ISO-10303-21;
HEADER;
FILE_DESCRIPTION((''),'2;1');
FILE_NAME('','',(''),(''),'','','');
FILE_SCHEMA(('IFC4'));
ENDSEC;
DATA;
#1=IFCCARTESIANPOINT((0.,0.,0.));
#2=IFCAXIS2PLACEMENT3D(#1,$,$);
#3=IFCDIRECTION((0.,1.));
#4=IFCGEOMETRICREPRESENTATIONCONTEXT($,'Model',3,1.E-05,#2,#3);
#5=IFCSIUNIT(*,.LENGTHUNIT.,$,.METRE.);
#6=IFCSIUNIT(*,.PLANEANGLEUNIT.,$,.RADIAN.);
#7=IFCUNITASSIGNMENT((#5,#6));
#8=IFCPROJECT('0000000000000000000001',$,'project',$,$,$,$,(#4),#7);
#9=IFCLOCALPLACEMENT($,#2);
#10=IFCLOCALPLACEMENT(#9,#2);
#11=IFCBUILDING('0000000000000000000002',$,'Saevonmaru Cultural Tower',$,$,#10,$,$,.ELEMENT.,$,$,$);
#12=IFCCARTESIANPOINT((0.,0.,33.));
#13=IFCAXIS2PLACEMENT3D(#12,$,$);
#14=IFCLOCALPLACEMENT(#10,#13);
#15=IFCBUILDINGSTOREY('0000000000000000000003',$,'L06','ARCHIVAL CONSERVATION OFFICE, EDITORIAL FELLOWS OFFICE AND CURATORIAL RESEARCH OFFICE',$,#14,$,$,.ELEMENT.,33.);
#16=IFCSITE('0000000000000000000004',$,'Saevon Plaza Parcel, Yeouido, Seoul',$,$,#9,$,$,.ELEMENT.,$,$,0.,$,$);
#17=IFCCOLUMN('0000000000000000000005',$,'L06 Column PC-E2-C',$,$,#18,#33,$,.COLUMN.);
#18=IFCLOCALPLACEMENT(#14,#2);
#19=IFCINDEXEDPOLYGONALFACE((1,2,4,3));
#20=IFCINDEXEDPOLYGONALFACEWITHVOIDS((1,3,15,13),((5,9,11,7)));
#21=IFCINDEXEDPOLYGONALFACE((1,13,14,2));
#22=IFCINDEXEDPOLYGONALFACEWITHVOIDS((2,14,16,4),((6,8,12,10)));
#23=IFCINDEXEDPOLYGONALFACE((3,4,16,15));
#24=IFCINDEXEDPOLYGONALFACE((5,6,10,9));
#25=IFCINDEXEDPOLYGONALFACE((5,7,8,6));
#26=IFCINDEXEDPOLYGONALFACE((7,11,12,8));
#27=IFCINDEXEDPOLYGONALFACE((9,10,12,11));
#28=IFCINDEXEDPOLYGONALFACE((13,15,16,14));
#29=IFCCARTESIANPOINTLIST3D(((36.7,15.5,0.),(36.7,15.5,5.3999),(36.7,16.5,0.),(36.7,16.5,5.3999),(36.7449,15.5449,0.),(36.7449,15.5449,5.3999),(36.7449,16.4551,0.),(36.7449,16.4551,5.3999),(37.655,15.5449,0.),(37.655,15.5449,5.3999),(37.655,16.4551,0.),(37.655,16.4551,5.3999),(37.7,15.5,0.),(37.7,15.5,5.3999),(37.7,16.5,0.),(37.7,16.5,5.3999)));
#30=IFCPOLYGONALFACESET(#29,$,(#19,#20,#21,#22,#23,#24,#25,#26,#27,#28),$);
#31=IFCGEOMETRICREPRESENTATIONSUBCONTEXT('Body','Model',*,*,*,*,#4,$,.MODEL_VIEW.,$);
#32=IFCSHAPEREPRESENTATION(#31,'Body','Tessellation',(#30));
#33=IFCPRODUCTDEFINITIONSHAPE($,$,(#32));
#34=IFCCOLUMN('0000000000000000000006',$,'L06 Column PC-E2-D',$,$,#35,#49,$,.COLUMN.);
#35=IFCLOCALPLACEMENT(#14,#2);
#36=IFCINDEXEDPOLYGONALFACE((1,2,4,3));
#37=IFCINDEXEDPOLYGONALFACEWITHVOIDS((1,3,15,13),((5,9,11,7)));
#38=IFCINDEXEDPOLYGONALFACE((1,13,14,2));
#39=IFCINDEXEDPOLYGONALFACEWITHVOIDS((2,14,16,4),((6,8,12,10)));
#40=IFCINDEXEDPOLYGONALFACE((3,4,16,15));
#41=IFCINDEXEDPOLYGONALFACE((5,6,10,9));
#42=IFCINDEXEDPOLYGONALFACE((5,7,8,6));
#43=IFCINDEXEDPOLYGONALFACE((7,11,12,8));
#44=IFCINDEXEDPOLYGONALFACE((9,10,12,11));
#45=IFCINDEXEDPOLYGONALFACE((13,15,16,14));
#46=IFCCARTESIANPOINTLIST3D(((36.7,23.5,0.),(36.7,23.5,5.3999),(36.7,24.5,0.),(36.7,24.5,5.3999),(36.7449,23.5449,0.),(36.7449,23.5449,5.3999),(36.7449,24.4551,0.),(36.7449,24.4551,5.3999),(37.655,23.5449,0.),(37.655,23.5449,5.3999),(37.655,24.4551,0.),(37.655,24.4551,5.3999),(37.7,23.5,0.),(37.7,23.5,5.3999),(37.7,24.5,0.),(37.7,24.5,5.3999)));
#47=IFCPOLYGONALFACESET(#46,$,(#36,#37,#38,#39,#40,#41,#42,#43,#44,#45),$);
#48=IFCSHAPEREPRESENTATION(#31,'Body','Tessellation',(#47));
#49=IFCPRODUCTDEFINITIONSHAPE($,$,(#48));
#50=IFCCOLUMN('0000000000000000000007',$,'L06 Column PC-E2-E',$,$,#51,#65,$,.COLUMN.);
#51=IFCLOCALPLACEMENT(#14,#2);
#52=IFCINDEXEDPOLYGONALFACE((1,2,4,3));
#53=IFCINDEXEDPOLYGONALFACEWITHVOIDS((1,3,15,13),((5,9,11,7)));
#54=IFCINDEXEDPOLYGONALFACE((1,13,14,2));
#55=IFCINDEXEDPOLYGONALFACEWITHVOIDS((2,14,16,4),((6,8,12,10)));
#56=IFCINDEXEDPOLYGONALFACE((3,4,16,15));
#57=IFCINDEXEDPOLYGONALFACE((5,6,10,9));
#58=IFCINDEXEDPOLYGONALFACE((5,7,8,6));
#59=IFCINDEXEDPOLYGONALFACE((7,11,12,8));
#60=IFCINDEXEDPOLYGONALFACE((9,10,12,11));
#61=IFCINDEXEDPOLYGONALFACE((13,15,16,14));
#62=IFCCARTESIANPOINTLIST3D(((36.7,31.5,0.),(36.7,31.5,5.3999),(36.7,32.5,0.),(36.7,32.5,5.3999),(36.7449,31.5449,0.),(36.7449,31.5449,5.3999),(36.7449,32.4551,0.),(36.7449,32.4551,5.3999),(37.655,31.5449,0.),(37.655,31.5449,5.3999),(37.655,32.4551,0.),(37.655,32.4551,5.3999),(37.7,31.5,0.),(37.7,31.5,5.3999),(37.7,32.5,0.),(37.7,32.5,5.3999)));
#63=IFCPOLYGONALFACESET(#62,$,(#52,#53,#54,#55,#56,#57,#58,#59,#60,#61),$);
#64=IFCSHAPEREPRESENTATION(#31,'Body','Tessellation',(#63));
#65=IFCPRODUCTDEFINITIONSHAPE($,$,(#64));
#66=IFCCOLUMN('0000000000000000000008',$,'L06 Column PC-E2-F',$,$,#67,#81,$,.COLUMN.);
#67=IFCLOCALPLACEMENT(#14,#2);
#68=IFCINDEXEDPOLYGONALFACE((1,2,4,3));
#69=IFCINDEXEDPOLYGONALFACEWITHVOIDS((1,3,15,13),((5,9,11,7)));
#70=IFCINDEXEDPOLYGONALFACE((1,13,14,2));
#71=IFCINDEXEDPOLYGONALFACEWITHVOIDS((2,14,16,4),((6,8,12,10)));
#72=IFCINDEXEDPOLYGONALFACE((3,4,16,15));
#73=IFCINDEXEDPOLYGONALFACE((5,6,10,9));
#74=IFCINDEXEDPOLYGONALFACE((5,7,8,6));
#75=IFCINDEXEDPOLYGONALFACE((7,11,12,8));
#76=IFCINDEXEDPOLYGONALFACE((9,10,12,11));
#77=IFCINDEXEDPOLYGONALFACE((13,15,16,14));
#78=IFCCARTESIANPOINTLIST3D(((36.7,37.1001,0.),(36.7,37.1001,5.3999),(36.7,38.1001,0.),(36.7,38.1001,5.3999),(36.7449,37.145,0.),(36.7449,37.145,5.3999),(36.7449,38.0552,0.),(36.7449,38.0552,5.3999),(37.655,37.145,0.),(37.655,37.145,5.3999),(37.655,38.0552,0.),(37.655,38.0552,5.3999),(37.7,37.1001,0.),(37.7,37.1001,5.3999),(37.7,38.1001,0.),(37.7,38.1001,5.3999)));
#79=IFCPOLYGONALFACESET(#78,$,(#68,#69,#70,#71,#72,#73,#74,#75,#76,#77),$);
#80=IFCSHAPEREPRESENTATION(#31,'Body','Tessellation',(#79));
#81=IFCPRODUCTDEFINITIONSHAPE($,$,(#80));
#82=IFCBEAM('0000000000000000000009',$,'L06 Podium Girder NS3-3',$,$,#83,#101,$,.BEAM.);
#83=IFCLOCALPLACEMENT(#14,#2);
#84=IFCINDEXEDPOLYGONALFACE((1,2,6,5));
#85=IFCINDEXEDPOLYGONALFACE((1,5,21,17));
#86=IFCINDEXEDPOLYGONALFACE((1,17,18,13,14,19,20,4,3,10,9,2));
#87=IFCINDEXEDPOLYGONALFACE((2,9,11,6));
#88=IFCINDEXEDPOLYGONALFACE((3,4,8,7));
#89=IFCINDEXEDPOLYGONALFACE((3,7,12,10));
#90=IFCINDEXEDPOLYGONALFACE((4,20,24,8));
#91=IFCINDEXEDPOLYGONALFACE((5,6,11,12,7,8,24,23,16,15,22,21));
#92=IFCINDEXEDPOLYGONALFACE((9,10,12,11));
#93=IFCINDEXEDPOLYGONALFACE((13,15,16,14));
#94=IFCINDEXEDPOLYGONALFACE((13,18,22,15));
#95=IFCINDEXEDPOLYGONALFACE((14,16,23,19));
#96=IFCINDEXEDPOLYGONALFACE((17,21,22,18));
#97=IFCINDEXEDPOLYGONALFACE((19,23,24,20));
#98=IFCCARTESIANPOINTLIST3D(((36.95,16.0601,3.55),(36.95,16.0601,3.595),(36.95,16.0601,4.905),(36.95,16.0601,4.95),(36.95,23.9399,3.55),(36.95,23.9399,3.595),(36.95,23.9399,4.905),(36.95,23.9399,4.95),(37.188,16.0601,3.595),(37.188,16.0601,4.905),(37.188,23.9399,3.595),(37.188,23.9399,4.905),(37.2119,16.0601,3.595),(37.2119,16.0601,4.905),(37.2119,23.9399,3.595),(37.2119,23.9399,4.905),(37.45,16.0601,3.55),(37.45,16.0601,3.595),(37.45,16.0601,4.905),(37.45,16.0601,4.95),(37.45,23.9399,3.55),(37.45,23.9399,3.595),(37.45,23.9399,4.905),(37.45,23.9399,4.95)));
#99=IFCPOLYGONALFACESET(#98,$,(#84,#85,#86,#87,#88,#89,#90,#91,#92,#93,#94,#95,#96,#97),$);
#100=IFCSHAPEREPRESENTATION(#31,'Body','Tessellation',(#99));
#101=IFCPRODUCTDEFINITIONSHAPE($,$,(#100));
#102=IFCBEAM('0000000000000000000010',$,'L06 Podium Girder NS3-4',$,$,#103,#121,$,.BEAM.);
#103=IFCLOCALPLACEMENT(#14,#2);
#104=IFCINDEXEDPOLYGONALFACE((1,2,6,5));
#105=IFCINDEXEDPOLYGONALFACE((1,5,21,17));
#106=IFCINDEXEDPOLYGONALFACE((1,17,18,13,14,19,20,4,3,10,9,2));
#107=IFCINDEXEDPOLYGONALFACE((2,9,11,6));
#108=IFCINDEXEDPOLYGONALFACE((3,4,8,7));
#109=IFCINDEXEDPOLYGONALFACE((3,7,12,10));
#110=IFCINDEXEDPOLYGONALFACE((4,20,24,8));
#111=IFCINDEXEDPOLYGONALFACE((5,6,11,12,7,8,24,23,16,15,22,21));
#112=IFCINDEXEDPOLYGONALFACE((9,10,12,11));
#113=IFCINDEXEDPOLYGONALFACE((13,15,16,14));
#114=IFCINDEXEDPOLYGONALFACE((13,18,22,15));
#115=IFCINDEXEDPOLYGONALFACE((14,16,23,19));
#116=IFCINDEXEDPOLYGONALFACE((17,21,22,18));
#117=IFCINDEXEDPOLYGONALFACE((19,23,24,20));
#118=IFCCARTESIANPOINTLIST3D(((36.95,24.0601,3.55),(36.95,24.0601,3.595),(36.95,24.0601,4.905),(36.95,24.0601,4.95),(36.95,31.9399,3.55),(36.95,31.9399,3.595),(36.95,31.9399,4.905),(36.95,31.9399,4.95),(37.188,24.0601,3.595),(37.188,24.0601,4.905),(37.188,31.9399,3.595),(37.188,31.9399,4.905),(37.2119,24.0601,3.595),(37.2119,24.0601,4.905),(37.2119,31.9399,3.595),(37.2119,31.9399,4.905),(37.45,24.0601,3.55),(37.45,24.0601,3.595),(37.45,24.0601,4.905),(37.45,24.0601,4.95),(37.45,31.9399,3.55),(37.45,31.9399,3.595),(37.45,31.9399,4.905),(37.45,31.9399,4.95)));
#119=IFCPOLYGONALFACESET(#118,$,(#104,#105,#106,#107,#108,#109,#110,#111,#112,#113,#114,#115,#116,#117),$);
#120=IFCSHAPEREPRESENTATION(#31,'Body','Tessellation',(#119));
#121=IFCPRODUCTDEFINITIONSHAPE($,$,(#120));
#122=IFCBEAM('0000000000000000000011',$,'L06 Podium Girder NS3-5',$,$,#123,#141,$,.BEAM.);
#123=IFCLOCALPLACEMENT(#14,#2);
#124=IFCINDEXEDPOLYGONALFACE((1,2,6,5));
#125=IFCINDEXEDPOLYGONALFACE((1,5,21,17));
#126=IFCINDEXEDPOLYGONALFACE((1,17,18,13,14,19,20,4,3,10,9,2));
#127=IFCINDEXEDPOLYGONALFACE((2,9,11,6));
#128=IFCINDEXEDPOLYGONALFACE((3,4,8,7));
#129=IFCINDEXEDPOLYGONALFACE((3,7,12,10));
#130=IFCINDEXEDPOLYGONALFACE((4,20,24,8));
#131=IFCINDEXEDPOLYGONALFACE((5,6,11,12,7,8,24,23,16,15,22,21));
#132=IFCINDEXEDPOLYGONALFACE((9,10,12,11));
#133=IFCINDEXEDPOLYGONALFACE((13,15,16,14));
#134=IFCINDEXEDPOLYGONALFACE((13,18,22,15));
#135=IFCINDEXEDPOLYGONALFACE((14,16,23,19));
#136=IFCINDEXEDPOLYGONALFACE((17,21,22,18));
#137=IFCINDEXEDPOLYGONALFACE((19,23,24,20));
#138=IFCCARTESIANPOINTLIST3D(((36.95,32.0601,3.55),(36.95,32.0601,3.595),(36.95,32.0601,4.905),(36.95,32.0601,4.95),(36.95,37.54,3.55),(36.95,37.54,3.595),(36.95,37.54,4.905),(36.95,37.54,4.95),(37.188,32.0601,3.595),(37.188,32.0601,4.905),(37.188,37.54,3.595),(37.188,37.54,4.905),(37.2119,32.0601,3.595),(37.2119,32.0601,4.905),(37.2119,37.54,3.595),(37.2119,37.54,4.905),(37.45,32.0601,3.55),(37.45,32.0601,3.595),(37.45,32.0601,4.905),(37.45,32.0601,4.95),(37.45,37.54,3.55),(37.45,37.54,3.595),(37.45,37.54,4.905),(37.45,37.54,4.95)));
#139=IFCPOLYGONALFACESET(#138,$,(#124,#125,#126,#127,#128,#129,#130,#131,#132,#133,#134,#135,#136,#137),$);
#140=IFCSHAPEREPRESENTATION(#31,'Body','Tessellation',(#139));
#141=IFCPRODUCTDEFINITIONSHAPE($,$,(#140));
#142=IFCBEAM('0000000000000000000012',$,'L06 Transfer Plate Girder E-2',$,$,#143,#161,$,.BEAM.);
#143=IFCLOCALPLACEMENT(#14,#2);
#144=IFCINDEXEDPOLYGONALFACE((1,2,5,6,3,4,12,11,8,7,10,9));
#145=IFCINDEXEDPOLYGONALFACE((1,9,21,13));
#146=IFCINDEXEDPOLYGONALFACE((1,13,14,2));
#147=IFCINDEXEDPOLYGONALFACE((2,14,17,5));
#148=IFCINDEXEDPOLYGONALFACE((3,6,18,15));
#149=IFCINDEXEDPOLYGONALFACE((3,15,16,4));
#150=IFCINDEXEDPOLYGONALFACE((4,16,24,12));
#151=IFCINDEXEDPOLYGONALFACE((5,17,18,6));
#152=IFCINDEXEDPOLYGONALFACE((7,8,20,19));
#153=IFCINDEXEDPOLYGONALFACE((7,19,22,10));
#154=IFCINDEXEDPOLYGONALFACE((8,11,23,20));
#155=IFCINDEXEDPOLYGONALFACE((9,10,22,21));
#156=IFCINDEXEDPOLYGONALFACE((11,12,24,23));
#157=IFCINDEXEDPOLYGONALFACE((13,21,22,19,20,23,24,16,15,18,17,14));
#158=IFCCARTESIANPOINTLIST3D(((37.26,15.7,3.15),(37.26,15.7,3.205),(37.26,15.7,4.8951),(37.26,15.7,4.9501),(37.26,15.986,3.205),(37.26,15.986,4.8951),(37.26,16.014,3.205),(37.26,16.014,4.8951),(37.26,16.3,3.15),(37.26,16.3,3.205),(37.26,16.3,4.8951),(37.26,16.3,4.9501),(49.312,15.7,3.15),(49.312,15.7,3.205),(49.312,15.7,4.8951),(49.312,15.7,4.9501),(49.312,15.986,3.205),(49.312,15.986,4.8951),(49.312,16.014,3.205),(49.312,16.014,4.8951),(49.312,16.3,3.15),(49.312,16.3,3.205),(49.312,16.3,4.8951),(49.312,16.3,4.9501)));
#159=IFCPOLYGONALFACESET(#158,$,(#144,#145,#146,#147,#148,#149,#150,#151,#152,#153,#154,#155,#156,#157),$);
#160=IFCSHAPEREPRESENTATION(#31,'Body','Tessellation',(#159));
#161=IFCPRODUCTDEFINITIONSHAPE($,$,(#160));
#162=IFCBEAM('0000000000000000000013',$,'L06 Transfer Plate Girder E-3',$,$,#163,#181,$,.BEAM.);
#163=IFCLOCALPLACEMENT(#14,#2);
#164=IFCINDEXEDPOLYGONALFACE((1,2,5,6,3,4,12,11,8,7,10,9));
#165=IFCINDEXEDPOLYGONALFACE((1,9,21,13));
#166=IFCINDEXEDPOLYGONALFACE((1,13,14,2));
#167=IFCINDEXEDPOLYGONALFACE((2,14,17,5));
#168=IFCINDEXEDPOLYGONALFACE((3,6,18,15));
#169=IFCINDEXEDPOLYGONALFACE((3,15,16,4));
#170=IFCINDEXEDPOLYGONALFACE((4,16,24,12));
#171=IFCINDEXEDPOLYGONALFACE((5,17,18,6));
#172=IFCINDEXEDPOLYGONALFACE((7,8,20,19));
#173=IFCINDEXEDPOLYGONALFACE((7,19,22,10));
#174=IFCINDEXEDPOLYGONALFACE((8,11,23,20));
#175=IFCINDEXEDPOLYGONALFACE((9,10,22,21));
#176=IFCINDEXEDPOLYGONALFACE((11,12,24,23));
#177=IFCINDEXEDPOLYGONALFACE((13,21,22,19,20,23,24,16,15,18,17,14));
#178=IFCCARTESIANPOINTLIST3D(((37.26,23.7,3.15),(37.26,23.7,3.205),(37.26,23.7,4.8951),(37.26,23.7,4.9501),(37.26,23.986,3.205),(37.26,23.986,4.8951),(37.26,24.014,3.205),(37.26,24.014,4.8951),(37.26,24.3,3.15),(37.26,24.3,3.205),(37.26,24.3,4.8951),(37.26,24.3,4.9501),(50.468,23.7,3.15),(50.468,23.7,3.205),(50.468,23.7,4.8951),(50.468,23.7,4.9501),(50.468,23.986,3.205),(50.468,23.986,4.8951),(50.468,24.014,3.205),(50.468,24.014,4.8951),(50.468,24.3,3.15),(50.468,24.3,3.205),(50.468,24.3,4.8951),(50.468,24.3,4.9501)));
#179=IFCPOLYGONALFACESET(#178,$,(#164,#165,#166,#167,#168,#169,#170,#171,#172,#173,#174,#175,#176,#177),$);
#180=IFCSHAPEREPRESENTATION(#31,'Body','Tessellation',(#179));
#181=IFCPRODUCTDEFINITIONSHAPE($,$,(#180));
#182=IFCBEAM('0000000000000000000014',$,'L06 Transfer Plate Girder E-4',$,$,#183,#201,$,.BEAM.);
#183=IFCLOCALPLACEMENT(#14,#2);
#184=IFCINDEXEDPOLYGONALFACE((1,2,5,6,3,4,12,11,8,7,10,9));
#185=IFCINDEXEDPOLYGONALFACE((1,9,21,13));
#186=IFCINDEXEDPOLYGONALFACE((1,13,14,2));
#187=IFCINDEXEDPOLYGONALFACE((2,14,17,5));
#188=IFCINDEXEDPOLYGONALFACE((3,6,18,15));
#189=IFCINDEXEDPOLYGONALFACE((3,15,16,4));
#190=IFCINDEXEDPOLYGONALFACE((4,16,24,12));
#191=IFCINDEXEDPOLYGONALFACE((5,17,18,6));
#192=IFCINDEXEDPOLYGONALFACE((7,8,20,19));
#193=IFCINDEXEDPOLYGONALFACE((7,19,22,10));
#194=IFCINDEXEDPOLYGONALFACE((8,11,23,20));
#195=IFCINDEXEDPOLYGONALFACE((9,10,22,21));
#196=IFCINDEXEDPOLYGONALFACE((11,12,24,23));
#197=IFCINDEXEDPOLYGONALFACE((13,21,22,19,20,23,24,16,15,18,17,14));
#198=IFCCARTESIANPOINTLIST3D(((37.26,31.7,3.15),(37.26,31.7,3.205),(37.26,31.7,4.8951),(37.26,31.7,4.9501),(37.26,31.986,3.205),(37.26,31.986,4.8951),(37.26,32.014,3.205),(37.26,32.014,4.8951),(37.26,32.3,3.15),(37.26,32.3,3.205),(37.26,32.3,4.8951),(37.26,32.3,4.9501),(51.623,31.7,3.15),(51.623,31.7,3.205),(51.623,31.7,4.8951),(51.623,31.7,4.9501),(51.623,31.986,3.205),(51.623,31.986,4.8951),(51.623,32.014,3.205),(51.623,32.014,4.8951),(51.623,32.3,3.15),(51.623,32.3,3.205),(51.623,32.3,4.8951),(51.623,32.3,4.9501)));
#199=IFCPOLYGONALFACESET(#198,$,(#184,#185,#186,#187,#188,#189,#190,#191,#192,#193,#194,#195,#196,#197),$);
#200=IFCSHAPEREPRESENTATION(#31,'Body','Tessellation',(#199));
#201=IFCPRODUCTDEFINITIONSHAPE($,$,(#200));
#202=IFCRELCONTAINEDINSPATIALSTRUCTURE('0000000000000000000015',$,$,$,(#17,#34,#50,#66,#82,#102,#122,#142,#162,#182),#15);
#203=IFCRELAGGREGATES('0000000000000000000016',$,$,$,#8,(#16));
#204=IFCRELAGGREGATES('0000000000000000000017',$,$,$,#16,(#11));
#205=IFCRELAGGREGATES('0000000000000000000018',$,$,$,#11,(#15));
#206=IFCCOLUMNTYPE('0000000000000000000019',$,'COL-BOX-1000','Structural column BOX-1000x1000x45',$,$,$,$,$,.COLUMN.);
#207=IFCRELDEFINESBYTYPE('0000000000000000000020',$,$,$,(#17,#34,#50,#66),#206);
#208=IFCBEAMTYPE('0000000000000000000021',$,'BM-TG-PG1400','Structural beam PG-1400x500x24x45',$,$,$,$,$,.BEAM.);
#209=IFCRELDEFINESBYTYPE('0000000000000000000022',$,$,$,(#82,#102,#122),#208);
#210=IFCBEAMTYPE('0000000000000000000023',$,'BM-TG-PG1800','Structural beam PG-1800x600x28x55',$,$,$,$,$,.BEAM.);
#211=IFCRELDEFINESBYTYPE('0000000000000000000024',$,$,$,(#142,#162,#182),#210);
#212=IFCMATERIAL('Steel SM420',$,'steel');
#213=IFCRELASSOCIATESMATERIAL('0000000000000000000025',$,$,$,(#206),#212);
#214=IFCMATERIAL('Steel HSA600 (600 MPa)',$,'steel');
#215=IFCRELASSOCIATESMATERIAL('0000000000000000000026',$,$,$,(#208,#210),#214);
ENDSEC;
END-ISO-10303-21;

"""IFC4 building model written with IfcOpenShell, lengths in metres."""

from ifc_helpers import new_model, si_unit, direction, frame, origin, origin_2d, place, context, subcontext, project, spatial, hollow_rectangle, i_section, extrude, material, material_profile, profile_set, type_object, element, save


model = new_model("IFC4")

# Units and contexts
model_context = context("Model", 3, precision=1e-05, world=origin(), true_north=direction((0.0, 1.0)))
body_context = subcontext(model_context, "Body", "Model", "MODEL_VIEW")
ifc_project = project(units=[si_unit("LENGTHUNIT", "METRE"), si_unit("PLANEANGLEUNIT", "RADIAN")], contexts=[model_context])

# Site, building, storey
site_placement = place(None, origin())
site = spatial("IfcSite", under=ifc_project, at=site_placement, Name="Saevon Plaza Parcel, Yeouido, Seoul", CompositionType="ELEMENT", RefElevation=0.0)
building_placement = place(site_placement, origin())
building = spatial("IfcBuilding", under=site, at=building_placement, Name="Saevonmaru Cultural Tower", CompositionType="ELEMENT")
storey_placement = place(building_placement, frame((0.0, 0.0, 33.0)))
storey = spatial("IfcBuildingStorey", under=building, at=storey_placement, Name="L06", Description="ARCHIVAL CONSERVATION OFFICE, EDITORIAL FELLOWS OFFICE AND CURATORIAL RESEARCH OFFICE", CompositionType="ELEMENT", Elevation=33.0)

# Columns
ifc_material_1 = material(Name="Steel SM420", Category="steel")
ifc_material_profile_1 = material_profile(ifc_material_1, hollow_rectangle(XDim=1.0, YDim=1.0, WallThickness=0.0449, at=origin_2d()), Name="BOX-1000x1000x45")
ifc_profile_set_1 = profile_set([ifc_material_profile_1], Name="Steel SM420")
column_type = type_object("IfcColumnType", Name="COL-BOX-1000", Description="Structural column BOX-1000x1000x45", PredefinedType="COLUMN", material=ifc_profile_set_1)
for number, where, z_axis, x_axis, name in (
    (1, (37.2, 16.0, 0.0), (0.0, 0.0, 1.0), (1.0, 0.0, 0.0), "L06 Column PC-E2-C"),
    (2, (37.2, 24.0, 0.0), (0.0, 0.0, 1.0), (1.0, 0.0, 0.0), "L06 Column PC-E2-D"),
    (3, (37.2, 32.0, 0.0), (0.0, 0.0, 1.0), (1.0, 0.0, 0.0), "L06 Column PC-E2-E"),
    (4, (37.2, 37.6001, 0.0), (0.0, 0.0, 1.0), (1.0, 0.0, 0.0), "L06 Column PC-E2-F"),
):
    element("IfcColumn", number, at=place(storey_placement, frame(where, z_axis=z_axis, x_axis=x_axis)), inside=storey, type_object=column_type, Name=name, PredefinedType="COLUMN", context=body_context, shape_type="SweptSolid", body=[
        extrude(hollow_rectangle(XDim=1.0, YDim=1.0, WallThickness=0.0449, at=origin_2d()), origin(), (0.0, 0.0, 1.0), 5.3999),
    ])

# Beams
ifc_material_2 = material(Name="Steel HSA600 (600 MPa)", Category="steel")
ifc_material_profile_2 = material_profile(ifc_material_2, i_section(OverallWidth=0.5, OverallDepth=1.3999, WebThickness=0.0239, FlangeThickness=0.0449, at=origin_2d()), Name="PG-1400x500x24x45")
ifc_profile_set_2 = profile_set([ifc_material_profile_2], Name="Steel HSA600 (600 MPa)")
beam_type_1 = type_object("IfcBeamType", Name="BM-TG-PG1400", Description="Structural beam PG-1400x500x24x45", PredefinedType="BEAM", material=ifc_profile_set_2)
for number, where, z_axis, x_axis, name in (
    (5, (37.2, 16.0601, 4.25), (0.0, 1.0, 0.0), (-1.0, 0.0, 0.0), "L06 Podium Girder NS3-3"),
    (6, (37.2, 24.0601, 4.25), (0.0, 1.0, 0.0), (-1.0, 0.0, 0.0), "L06 Podium Girder NS3-4"),
):
    element("IfcBeam", number, at=place(storey_placement, frame(where, z_axis=z_axis, x_axis=x_axis)), inside=storey, type_object=beam_type_1, Name=name, PredefinedType="BEAM", context=body_context, shape_type="SweptSolid", body=[
        extrude(i_section(OverallWidth=0.5, OverallDepth=1.3999, WebThickness=0.0239, FlangeThickness=0.0449, at=origin_2d()), origin(), (0.0, 0.0, 1.0), 7.8799),
    ])
beam_1_placement = place(storey_placement, frame((37.2, 32.0601, 4.25), z_axis=(0.0, 1.0, 0.0), x_axis=(-1.0, 0.0, 0.0)))
element("IfcBeam", 7, at=beam_1_placement, inside=storey, type_object=beam_type_1, Name="L06 Podium Girder NS3-5", PredefinedType="BEAM", context=body_context, shape_type="SweptSolid", body=[
    extrude(i_section(OverallWidth=0.5, OverallDepth=1.3999, WebThickness=0.0239, FlangeThickness=0.0449, at=origin_2d()), origin(), (0.0, 0.0, 1.0), 5.48),
])
ifc_material_profile_3 = material_profile(ifc_material_2, i_section(OverallWidth=0.6001, OverallDepth=1.8, WebThickness=0.0281, FlangeThickness=0.0549, at=origin_2d()), Name="PG-1800x600x28x55")
ifc_profile_set_3 = profile_set([ifc_material_profile_3], Name="Steel HSA600 (600 MPa)")
beam_type_2 = type_object("IfcBeamType", Name="BM-TG-PG1800", Description="Structural beam PG-1800x600x28x55", PredefinedType="BEAM", material=ifc_profile_set_3)
beam_2_placement = place(storey_placement, frame((37.26, 16.0, 4.05), z_axis=(1.0, 0.0, 0.0), x_axis=(0.0, 1.0, 0.0)))
element("IfcBeam", 8, at=beam_2_placement, inside=storey, type_object=beam_type_2, Name="L06 Transfer Plate Girder E-2", PredefinedType="BEAM", context=body_context, shape_type="SweptSolid", body=[
    extrude(i_section(OverallWidth=0.6001, OverallDepth=1.8, WebThickness=0.0281, FlangeThickness=0.0549, at=origin_2d()), origin(), (0.0, 0.0, 1.0), 12.052),
])
beam_3_placement = place(storey_placement, frame((37.26, 24.0, 4.05), z_axis=(1.0, 0.0, 0.0), x_axis=(0.0, 1.0, 0.0)))
element("IfcBeam", 9, at=beam_3_placement, inside=storey, type_object=beam_type_2, Name="L06 Transfer Plate Girder E-3", PredefinedType="BEAM", context=body_context, shape_type="SweptSolid", body=[
    extrude(i_section(OverallWidth=0.6001, OverallDepth=1.8, WebThickness=0.0281, FlangeThickness=0.0549, at=origin_2d()), origin(), (0.0, 0.0, 1.0), 13.208),
])
beam_4_placement = place(storey_placement, frame((37.26, 32.0, 4.05), z_axis=(1.0, 0.0, 0.0), x_axis=(0.0, 1.0, 0.0)))
element("IfcBeam", 10, at=beam_4_placement, inside=storey, type_object=beam_type_2, Name="L06 Transfer Plate Girder E-4", PredefinedType="BEAM", context=body_context, shape_type="SweptSolid", body=[
    extrude(i_section(OverallWidth=0.6001, OverallDepth=1.8, WebThickness=0.0281, FlangeThickness=0.0549, at=origin_2d()), origin(), (0.0, 0.0, 1.0), 14.363),
])

save(model, "model.ifc")
